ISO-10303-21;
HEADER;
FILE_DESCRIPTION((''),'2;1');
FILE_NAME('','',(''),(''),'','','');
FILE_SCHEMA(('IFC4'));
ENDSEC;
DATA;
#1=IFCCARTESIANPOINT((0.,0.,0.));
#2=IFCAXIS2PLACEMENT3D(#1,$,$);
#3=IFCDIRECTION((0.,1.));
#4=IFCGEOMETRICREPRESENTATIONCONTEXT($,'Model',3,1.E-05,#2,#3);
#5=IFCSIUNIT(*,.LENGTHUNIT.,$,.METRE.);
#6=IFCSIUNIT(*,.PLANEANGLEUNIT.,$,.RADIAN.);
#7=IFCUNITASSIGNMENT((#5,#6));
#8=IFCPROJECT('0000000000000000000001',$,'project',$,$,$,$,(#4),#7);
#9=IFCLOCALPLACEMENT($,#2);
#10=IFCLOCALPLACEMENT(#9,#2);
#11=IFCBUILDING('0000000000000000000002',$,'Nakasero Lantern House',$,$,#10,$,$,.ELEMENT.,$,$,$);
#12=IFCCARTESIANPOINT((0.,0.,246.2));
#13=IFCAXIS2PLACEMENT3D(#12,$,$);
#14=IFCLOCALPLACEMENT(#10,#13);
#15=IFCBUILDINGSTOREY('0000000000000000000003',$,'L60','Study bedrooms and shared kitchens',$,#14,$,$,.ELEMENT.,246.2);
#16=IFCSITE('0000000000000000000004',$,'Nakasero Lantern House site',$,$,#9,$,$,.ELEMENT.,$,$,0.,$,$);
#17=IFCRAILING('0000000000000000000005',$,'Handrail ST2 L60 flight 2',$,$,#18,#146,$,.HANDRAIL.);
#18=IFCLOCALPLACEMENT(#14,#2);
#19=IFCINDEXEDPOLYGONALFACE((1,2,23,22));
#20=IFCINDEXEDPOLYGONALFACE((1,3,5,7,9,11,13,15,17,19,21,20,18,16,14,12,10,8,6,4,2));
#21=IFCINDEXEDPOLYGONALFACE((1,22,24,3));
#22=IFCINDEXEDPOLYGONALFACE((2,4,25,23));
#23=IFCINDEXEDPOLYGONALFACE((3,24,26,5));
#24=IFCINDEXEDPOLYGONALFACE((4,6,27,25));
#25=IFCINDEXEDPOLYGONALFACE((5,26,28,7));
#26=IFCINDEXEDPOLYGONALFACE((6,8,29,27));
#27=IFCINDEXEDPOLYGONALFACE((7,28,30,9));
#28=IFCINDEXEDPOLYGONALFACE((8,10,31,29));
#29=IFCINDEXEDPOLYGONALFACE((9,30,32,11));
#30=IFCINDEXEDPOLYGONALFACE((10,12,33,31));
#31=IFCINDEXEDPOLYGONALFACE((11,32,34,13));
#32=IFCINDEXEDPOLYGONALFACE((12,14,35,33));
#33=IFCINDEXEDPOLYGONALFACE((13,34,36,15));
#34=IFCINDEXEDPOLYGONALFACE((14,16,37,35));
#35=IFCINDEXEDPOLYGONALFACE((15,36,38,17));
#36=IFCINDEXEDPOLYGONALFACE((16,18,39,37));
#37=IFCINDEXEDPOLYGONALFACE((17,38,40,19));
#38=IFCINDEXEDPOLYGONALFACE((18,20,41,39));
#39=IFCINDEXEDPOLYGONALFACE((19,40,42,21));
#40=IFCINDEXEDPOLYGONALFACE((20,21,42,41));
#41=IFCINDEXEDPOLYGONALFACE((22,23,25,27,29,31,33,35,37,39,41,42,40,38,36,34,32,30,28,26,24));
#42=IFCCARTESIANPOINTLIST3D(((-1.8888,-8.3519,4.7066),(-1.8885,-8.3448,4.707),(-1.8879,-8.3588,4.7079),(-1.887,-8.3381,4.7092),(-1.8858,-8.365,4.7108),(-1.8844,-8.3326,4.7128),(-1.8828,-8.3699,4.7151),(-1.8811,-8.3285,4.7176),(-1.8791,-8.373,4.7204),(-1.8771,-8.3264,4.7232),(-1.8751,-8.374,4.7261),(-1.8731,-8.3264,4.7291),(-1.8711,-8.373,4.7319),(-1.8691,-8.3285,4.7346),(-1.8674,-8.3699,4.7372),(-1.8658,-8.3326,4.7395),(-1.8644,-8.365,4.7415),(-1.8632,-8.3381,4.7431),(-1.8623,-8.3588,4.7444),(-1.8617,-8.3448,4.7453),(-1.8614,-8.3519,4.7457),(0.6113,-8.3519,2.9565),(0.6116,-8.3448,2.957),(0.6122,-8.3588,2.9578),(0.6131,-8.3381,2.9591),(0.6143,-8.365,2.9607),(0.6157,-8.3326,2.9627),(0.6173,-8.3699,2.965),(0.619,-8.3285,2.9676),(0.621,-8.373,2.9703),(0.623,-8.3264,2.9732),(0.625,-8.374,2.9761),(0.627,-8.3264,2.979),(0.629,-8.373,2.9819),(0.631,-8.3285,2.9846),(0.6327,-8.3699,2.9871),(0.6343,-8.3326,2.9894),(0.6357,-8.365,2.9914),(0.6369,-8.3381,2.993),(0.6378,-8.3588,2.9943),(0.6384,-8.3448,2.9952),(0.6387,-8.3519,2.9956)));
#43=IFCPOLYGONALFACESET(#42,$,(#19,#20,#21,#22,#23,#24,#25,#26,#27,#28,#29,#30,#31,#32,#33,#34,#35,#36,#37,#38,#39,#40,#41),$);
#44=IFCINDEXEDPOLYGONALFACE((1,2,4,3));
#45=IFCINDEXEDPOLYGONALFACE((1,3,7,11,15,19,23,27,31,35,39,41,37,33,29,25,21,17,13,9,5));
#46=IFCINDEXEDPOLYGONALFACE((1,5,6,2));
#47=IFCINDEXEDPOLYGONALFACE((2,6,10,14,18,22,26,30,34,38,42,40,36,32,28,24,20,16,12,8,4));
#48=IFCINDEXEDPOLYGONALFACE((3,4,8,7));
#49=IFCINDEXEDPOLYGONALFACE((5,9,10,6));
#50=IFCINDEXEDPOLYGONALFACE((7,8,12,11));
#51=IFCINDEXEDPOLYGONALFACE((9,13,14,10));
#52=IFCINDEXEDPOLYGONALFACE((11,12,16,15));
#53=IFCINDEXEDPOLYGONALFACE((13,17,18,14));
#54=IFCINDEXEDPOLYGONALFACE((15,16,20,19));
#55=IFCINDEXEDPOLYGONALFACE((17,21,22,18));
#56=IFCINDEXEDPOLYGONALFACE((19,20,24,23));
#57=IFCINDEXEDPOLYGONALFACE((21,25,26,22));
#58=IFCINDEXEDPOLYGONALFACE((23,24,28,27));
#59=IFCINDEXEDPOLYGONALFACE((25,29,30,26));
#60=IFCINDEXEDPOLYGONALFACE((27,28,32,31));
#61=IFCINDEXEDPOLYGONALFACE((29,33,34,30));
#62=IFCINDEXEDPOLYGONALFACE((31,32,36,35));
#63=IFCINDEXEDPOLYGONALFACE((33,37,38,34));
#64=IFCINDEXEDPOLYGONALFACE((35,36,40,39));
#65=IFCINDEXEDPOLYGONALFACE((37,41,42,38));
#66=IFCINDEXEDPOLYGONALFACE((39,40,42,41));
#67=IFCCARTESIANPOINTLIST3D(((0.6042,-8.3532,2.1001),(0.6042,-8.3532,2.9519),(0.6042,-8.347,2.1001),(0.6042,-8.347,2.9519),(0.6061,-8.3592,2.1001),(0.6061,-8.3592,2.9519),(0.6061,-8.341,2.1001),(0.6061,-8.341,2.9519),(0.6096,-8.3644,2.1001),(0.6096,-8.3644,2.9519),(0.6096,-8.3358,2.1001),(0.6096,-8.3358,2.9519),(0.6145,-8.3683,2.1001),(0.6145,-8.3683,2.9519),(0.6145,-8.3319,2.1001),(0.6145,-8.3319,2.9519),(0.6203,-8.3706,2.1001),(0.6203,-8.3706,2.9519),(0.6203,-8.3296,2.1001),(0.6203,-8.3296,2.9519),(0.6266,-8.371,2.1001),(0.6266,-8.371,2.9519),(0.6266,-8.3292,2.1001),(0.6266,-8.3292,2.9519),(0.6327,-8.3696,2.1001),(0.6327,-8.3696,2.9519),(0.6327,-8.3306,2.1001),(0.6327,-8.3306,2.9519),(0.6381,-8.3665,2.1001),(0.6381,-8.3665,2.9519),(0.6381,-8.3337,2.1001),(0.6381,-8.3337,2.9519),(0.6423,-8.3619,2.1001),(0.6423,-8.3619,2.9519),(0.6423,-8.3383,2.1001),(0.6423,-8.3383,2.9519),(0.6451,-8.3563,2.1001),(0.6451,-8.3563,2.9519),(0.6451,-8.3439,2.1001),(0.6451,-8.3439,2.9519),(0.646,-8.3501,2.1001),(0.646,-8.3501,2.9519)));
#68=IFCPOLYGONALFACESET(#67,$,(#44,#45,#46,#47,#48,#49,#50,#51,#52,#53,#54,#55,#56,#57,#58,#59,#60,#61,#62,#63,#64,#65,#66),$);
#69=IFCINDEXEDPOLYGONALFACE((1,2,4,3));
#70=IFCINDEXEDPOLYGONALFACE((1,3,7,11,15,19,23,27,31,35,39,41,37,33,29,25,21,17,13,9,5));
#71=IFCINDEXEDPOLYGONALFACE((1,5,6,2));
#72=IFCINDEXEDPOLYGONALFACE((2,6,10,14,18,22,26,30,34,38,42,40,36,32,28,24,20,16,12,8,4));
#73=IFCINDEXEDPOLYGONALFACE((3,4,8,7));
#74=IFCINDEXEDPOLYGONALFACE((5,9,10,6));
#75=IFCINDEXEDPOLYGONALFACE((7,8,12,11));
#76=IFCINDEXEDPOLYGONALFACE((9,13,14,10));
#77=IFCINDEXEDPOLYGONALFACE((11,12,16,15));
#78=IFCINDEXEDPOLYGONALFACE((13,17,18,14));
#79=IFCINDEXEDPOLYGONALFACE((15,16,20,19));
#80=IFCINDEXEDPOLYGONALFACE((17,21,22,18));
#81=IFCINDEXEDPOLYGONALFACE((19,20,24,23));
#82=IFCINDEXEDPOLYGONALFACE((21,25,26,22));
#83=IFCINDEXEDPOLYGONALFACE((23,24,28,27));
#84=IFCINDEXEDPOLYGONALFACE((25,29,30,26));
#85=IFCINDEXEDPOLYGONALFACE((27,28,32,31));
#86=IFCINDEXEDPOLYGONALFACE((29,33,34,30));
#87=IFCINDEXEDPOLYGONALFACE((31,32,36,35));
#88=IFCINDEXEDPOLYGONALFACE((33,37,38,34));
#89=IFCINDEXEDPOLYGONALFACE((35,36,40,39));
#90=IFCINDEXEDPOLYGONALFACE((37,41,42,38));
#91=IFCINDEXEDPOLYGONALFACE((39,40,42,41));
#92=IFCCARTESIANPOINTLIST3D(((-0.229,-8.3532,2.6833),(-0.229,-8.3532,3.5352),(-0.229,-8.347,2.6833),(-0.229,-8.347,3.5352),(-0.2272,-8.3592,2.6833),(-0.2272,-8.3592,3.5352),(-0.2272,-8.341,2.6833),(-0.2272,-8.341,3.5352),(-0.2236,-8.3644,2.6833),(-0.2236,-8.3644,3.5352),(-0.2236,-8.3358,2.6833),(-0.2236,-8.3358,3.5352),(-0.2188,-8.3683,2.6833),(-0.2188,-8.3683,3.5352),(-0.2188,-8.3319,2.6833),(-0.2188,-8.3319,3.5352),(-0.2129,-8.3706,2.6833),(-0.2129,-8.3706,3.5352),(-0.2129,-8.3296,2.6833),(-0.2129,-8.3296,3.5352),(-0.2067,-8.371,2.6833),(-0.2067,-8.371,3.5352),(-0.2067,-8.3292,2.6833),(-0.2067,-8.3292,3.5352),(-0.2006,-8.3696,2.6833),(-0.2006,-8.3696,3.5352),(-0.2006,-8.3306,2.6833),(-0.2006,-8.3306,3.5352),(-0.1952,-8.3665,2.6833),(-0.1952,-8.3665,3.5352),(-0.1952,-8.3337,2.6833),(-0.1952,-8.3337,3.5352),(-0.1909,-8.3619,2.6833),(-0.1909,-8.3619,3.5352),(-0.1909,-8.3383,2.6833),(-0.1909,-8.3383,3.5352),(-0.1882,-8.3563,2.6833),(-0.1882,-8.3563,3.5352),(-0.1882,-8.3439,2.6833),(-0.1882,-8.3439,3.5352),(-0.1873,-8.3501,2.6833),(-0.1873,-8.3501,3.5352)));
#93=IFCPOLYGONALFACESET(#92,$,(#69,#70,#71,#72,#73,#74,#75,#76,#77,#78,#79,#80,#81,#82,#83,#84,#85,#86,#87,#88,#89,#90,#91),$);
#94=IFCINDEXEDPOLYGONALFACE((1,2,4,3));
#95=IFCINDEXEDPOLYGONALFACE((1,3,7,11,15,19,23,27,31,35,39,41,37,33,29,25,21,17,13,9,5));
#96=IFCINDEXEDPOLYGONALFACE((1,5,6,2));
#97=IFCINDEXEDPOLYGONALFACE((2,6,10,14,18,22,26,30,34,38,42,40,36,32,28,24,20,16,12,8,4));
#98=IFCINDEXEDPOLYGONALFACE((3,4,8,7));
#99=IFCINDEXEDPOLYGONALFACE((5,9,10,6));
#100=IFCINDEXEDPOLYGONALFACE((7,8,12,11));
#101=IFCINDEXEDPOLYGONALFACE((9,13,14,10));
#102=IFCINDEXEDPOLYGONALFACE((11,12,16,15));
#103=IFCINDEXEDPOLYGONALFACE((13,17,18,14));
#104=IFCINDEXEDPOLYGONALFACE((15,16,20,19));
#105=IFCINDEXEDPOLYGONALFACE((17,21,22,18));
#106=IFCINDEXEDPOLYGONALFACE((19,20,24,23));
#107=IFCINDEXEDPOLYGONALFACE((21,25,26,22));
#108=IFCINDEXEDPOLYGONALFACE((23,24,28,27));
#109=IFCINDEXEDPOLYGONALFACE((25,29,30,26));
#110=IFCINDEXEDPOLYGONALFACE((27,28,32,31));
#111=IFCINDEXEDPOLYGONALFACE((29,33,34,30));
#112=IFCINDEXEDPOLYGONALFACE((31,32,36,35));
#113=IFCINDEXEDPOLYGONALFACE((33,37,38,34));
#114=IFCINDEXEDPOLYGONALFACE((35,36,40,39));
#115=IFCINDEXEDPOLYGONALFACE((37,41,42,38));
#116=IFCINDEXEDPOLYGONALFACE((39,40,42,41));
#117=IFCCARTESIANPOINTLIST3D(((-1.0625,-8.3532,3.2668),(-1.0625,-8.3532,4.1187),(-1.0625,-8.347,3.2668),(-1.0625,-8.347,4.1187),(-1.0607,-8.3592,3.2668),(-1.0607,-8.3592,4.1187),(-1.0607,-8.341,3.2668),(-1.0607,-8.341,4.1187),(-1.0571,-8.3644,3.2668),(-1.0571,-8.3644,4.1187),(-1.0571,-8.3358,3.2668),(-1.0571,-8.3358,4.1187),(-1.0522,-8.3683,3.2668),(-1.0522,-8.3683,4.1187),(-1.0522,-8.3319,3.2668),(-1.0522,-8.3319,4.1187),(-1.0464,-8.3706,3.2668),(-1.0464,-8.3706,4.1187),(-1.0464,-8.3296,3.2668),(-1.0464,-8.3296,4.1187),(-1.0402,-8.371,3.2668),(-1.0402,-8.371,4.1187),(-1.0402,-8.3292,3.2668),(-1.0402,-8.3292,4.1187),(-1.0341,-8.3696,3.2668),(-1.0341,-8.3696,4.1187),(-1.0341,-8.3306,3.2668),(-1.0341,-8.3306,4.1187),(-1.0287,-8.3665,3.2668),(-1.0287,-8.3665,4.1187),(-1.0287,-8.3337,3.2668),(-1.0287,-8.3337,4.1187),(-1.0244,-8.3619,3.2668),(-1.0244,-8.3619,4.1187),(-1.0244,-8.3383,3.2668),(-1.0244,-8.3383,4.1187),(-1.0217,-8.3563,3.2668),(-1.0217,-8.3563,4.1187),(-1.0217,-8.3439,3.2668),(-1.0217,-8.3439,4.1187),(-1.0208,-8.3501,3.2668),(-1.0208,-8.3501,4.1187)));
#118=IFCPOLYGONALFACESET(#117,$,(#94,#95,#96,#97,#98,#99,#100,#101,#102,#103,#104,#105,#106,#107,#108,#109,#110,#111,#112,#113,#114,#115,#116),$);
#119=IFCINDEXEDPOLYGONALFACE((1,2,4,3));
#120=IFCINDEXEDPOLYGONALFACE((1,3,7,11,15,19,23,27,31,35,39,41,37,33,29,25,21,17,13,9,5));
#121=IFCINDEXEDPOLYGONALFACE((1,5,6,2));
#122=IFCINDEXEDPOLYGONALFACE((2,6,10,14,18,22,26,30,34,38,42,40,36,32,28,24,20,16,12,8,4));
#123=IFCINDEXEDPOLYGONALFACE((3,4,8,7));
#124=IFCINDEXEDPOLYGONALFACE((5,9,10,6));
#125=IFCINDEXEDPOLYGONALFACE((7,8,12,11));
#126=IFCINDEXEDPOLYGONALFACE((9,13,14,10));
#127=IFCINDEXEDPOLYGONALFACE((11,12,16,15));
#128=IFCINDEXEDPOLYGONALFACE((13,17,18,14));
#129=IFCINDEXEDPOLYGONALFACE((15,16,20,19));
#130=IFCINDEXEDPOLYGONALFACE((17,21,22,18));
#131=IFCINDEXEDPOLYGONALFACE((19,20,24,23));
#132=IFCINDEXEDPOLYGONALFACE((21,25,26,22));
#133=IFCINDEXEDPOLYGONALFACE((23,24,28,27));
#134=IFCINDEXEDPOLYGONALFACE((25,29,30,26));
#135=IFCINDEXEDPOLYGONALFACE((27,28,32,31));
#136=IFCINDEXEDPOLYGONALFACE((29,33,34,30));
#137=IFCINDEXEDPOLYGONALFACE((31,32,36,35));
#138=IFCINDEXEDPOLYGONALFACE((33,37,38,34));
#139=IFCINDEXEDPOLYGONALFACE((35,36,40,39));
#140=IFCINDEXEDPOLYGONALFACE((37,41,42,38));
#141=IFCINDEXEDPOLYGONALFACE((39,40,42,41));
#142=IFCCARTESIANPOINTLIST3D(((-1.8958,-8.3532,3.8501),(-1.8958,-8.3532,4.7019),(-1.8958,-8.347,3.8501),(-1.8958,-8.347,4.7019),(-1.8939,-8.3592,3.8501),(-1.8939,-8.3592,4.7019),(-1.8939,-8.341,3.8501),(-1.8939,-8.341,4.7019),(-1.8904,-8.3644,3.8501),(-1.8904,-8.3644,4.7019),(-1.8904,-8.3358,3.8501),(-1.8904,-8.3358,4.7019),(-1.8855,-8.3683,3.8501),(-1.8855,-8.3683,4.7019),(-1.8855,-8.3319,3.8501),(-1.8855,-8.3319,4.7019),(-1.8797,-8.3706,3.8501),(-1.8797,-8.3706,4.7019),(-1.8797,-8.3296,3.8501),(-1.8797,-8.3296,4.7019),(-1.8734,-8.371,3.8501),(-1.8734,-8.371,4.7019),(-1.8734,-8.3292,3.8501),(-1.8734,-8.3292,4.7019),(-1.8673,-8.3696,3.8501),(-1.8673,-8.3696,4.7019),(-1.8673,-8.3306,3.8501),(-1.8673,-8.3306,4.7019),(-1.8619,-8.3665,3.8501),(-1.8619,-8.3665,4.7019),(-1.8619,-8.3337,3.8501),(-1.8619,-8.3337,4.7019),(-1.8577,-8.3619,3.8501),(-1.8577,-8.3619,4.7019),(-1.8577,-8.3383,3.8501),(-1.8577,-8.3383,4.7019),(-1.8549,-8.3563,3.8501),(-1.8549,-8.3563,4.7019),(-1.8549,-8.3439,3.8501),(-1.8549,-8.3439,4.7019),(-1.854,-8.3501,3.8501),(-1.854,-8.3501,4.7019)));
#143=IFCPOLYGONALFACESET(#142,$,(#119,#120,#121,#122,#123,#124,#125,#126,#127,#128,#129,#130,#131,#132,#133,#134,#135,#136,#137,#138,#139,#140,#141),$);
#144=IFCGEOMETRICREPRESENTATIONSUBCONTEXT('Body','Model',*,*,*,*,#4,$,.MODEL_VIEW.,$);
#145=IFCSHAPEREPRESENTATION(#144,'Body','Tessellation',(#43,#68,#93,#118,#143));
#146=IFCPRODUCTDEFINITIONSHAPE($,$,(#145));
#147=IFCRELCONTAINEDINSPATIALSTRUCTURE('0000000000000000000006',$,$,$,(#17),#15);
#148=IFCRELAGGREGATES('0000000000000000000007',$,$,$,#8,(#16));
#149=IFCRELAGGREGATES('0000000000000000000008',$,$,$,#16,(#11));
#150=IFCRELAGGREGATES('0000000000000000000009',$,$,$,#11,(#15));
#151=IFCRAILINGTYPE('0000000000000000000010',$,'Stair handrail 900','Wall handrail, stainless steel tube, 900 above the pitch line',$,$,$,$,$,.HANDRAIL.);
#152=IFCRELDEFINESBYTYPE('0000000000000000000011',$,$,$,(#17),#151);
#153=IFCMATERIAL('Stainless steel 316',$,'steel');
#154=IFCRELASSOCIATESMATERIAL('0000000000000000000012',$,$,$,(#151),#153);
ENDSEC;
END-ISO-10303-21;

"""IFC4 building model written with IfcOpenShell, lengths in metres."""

from ifc_helpers import new_model, si_unit, direction, frame, origin, origin_2d, place, context, subcontext, project, spatial, circle, extrude, material, type_object, element, save


model = new_model("IFC4")

# Units and contexts
model_context = context("Model", 3, precision=1e-05, world=origin(), true_north=direction((0.0, 1.0)))
body_context = subcontext(model_context, "Body", "Model", "MODEL_VIEW")
ifc_project = project(units=[si_unit("LENGTHUNIT", "METRE"), si_unit("PLANEANGLEUNIT", "RADIAN")], contexts=[model_context])

# Site, building, storey
site_placement = place(None, origin())
site = spatial("IfcSite", under=ifc_project, at=site_placement, Name="Nakasero Lantern House site", CompositionType="ELEMENT", RefElevation=0.0)
building_placement = place(site_placement, origin())
building = spatial("IfcBuilding", under=site, at=building_placement, Name="Nakasero Lantern House", CompositionType="ELEMENT")
storey_placement = place(building_placement, frame((0.0, 0.0, 246.2)))
storey = spatial("IfcBuildingStorey", under=building, at=storey_placement, Name="L60", Description="Study bedrooms and shared kitchens", CompositionType="ELEMENT", Elevation=246.2)

# Railing
ifc_material_1 = material(Name="Stainless steel 316", Category="steel")
railing_type = type_object("IfcRailingType", Name="Stair handrail 900", Description="Wall handrail, stainless steel tube, 900 above the pitch line", PredefinedType="HANDRAIL", material=ifc_material_1)
railing_placement = place(storey_placement, frame((0.625, -8.3501, 2.1001)))
element("IfcRailing", 1, at=railing_placement, inside=storey, type_object=railing_type, Name="Handrail ST2 L60 flight 2", PredefinedType="HANDRAIL", context=body_context, shape_type="SweptSolid", body=[
    extrude(circle(Radius=0.0239, at=origin_2d()), frame((0.0, 0.0, 0.876), z_axis=(-0.819232, 0.0, 0.573462), x_axis=(0.0, -1.0, 0.0)), (0.0, 0.0, 1.0), 3.0518),
    extrude(circle(Radius=0.021, at=origin_2d()), origin(), (0.0, 0.0, 1.0), 0.8518),
    extrude(circle(Radius=0.021, at=origin_2d()), frame((-0.8333, 0.0, 0.5833)), (0.0, 0.0, 1.0), 0.8518),
    extrude(circle(Radius=0.021, at=origin_2d()), frame((-1.6667, 0.0, 1.1667)), (0.0, 0.0, 1.0), 0.8518),
    extrude(circle(Radius=0.021, at=origin_2d()), frame((-2.5, 0.0, 1.75)), (0.0, 0.0, 1.0), 0.8518),
])

save(model, "model.ifc")
